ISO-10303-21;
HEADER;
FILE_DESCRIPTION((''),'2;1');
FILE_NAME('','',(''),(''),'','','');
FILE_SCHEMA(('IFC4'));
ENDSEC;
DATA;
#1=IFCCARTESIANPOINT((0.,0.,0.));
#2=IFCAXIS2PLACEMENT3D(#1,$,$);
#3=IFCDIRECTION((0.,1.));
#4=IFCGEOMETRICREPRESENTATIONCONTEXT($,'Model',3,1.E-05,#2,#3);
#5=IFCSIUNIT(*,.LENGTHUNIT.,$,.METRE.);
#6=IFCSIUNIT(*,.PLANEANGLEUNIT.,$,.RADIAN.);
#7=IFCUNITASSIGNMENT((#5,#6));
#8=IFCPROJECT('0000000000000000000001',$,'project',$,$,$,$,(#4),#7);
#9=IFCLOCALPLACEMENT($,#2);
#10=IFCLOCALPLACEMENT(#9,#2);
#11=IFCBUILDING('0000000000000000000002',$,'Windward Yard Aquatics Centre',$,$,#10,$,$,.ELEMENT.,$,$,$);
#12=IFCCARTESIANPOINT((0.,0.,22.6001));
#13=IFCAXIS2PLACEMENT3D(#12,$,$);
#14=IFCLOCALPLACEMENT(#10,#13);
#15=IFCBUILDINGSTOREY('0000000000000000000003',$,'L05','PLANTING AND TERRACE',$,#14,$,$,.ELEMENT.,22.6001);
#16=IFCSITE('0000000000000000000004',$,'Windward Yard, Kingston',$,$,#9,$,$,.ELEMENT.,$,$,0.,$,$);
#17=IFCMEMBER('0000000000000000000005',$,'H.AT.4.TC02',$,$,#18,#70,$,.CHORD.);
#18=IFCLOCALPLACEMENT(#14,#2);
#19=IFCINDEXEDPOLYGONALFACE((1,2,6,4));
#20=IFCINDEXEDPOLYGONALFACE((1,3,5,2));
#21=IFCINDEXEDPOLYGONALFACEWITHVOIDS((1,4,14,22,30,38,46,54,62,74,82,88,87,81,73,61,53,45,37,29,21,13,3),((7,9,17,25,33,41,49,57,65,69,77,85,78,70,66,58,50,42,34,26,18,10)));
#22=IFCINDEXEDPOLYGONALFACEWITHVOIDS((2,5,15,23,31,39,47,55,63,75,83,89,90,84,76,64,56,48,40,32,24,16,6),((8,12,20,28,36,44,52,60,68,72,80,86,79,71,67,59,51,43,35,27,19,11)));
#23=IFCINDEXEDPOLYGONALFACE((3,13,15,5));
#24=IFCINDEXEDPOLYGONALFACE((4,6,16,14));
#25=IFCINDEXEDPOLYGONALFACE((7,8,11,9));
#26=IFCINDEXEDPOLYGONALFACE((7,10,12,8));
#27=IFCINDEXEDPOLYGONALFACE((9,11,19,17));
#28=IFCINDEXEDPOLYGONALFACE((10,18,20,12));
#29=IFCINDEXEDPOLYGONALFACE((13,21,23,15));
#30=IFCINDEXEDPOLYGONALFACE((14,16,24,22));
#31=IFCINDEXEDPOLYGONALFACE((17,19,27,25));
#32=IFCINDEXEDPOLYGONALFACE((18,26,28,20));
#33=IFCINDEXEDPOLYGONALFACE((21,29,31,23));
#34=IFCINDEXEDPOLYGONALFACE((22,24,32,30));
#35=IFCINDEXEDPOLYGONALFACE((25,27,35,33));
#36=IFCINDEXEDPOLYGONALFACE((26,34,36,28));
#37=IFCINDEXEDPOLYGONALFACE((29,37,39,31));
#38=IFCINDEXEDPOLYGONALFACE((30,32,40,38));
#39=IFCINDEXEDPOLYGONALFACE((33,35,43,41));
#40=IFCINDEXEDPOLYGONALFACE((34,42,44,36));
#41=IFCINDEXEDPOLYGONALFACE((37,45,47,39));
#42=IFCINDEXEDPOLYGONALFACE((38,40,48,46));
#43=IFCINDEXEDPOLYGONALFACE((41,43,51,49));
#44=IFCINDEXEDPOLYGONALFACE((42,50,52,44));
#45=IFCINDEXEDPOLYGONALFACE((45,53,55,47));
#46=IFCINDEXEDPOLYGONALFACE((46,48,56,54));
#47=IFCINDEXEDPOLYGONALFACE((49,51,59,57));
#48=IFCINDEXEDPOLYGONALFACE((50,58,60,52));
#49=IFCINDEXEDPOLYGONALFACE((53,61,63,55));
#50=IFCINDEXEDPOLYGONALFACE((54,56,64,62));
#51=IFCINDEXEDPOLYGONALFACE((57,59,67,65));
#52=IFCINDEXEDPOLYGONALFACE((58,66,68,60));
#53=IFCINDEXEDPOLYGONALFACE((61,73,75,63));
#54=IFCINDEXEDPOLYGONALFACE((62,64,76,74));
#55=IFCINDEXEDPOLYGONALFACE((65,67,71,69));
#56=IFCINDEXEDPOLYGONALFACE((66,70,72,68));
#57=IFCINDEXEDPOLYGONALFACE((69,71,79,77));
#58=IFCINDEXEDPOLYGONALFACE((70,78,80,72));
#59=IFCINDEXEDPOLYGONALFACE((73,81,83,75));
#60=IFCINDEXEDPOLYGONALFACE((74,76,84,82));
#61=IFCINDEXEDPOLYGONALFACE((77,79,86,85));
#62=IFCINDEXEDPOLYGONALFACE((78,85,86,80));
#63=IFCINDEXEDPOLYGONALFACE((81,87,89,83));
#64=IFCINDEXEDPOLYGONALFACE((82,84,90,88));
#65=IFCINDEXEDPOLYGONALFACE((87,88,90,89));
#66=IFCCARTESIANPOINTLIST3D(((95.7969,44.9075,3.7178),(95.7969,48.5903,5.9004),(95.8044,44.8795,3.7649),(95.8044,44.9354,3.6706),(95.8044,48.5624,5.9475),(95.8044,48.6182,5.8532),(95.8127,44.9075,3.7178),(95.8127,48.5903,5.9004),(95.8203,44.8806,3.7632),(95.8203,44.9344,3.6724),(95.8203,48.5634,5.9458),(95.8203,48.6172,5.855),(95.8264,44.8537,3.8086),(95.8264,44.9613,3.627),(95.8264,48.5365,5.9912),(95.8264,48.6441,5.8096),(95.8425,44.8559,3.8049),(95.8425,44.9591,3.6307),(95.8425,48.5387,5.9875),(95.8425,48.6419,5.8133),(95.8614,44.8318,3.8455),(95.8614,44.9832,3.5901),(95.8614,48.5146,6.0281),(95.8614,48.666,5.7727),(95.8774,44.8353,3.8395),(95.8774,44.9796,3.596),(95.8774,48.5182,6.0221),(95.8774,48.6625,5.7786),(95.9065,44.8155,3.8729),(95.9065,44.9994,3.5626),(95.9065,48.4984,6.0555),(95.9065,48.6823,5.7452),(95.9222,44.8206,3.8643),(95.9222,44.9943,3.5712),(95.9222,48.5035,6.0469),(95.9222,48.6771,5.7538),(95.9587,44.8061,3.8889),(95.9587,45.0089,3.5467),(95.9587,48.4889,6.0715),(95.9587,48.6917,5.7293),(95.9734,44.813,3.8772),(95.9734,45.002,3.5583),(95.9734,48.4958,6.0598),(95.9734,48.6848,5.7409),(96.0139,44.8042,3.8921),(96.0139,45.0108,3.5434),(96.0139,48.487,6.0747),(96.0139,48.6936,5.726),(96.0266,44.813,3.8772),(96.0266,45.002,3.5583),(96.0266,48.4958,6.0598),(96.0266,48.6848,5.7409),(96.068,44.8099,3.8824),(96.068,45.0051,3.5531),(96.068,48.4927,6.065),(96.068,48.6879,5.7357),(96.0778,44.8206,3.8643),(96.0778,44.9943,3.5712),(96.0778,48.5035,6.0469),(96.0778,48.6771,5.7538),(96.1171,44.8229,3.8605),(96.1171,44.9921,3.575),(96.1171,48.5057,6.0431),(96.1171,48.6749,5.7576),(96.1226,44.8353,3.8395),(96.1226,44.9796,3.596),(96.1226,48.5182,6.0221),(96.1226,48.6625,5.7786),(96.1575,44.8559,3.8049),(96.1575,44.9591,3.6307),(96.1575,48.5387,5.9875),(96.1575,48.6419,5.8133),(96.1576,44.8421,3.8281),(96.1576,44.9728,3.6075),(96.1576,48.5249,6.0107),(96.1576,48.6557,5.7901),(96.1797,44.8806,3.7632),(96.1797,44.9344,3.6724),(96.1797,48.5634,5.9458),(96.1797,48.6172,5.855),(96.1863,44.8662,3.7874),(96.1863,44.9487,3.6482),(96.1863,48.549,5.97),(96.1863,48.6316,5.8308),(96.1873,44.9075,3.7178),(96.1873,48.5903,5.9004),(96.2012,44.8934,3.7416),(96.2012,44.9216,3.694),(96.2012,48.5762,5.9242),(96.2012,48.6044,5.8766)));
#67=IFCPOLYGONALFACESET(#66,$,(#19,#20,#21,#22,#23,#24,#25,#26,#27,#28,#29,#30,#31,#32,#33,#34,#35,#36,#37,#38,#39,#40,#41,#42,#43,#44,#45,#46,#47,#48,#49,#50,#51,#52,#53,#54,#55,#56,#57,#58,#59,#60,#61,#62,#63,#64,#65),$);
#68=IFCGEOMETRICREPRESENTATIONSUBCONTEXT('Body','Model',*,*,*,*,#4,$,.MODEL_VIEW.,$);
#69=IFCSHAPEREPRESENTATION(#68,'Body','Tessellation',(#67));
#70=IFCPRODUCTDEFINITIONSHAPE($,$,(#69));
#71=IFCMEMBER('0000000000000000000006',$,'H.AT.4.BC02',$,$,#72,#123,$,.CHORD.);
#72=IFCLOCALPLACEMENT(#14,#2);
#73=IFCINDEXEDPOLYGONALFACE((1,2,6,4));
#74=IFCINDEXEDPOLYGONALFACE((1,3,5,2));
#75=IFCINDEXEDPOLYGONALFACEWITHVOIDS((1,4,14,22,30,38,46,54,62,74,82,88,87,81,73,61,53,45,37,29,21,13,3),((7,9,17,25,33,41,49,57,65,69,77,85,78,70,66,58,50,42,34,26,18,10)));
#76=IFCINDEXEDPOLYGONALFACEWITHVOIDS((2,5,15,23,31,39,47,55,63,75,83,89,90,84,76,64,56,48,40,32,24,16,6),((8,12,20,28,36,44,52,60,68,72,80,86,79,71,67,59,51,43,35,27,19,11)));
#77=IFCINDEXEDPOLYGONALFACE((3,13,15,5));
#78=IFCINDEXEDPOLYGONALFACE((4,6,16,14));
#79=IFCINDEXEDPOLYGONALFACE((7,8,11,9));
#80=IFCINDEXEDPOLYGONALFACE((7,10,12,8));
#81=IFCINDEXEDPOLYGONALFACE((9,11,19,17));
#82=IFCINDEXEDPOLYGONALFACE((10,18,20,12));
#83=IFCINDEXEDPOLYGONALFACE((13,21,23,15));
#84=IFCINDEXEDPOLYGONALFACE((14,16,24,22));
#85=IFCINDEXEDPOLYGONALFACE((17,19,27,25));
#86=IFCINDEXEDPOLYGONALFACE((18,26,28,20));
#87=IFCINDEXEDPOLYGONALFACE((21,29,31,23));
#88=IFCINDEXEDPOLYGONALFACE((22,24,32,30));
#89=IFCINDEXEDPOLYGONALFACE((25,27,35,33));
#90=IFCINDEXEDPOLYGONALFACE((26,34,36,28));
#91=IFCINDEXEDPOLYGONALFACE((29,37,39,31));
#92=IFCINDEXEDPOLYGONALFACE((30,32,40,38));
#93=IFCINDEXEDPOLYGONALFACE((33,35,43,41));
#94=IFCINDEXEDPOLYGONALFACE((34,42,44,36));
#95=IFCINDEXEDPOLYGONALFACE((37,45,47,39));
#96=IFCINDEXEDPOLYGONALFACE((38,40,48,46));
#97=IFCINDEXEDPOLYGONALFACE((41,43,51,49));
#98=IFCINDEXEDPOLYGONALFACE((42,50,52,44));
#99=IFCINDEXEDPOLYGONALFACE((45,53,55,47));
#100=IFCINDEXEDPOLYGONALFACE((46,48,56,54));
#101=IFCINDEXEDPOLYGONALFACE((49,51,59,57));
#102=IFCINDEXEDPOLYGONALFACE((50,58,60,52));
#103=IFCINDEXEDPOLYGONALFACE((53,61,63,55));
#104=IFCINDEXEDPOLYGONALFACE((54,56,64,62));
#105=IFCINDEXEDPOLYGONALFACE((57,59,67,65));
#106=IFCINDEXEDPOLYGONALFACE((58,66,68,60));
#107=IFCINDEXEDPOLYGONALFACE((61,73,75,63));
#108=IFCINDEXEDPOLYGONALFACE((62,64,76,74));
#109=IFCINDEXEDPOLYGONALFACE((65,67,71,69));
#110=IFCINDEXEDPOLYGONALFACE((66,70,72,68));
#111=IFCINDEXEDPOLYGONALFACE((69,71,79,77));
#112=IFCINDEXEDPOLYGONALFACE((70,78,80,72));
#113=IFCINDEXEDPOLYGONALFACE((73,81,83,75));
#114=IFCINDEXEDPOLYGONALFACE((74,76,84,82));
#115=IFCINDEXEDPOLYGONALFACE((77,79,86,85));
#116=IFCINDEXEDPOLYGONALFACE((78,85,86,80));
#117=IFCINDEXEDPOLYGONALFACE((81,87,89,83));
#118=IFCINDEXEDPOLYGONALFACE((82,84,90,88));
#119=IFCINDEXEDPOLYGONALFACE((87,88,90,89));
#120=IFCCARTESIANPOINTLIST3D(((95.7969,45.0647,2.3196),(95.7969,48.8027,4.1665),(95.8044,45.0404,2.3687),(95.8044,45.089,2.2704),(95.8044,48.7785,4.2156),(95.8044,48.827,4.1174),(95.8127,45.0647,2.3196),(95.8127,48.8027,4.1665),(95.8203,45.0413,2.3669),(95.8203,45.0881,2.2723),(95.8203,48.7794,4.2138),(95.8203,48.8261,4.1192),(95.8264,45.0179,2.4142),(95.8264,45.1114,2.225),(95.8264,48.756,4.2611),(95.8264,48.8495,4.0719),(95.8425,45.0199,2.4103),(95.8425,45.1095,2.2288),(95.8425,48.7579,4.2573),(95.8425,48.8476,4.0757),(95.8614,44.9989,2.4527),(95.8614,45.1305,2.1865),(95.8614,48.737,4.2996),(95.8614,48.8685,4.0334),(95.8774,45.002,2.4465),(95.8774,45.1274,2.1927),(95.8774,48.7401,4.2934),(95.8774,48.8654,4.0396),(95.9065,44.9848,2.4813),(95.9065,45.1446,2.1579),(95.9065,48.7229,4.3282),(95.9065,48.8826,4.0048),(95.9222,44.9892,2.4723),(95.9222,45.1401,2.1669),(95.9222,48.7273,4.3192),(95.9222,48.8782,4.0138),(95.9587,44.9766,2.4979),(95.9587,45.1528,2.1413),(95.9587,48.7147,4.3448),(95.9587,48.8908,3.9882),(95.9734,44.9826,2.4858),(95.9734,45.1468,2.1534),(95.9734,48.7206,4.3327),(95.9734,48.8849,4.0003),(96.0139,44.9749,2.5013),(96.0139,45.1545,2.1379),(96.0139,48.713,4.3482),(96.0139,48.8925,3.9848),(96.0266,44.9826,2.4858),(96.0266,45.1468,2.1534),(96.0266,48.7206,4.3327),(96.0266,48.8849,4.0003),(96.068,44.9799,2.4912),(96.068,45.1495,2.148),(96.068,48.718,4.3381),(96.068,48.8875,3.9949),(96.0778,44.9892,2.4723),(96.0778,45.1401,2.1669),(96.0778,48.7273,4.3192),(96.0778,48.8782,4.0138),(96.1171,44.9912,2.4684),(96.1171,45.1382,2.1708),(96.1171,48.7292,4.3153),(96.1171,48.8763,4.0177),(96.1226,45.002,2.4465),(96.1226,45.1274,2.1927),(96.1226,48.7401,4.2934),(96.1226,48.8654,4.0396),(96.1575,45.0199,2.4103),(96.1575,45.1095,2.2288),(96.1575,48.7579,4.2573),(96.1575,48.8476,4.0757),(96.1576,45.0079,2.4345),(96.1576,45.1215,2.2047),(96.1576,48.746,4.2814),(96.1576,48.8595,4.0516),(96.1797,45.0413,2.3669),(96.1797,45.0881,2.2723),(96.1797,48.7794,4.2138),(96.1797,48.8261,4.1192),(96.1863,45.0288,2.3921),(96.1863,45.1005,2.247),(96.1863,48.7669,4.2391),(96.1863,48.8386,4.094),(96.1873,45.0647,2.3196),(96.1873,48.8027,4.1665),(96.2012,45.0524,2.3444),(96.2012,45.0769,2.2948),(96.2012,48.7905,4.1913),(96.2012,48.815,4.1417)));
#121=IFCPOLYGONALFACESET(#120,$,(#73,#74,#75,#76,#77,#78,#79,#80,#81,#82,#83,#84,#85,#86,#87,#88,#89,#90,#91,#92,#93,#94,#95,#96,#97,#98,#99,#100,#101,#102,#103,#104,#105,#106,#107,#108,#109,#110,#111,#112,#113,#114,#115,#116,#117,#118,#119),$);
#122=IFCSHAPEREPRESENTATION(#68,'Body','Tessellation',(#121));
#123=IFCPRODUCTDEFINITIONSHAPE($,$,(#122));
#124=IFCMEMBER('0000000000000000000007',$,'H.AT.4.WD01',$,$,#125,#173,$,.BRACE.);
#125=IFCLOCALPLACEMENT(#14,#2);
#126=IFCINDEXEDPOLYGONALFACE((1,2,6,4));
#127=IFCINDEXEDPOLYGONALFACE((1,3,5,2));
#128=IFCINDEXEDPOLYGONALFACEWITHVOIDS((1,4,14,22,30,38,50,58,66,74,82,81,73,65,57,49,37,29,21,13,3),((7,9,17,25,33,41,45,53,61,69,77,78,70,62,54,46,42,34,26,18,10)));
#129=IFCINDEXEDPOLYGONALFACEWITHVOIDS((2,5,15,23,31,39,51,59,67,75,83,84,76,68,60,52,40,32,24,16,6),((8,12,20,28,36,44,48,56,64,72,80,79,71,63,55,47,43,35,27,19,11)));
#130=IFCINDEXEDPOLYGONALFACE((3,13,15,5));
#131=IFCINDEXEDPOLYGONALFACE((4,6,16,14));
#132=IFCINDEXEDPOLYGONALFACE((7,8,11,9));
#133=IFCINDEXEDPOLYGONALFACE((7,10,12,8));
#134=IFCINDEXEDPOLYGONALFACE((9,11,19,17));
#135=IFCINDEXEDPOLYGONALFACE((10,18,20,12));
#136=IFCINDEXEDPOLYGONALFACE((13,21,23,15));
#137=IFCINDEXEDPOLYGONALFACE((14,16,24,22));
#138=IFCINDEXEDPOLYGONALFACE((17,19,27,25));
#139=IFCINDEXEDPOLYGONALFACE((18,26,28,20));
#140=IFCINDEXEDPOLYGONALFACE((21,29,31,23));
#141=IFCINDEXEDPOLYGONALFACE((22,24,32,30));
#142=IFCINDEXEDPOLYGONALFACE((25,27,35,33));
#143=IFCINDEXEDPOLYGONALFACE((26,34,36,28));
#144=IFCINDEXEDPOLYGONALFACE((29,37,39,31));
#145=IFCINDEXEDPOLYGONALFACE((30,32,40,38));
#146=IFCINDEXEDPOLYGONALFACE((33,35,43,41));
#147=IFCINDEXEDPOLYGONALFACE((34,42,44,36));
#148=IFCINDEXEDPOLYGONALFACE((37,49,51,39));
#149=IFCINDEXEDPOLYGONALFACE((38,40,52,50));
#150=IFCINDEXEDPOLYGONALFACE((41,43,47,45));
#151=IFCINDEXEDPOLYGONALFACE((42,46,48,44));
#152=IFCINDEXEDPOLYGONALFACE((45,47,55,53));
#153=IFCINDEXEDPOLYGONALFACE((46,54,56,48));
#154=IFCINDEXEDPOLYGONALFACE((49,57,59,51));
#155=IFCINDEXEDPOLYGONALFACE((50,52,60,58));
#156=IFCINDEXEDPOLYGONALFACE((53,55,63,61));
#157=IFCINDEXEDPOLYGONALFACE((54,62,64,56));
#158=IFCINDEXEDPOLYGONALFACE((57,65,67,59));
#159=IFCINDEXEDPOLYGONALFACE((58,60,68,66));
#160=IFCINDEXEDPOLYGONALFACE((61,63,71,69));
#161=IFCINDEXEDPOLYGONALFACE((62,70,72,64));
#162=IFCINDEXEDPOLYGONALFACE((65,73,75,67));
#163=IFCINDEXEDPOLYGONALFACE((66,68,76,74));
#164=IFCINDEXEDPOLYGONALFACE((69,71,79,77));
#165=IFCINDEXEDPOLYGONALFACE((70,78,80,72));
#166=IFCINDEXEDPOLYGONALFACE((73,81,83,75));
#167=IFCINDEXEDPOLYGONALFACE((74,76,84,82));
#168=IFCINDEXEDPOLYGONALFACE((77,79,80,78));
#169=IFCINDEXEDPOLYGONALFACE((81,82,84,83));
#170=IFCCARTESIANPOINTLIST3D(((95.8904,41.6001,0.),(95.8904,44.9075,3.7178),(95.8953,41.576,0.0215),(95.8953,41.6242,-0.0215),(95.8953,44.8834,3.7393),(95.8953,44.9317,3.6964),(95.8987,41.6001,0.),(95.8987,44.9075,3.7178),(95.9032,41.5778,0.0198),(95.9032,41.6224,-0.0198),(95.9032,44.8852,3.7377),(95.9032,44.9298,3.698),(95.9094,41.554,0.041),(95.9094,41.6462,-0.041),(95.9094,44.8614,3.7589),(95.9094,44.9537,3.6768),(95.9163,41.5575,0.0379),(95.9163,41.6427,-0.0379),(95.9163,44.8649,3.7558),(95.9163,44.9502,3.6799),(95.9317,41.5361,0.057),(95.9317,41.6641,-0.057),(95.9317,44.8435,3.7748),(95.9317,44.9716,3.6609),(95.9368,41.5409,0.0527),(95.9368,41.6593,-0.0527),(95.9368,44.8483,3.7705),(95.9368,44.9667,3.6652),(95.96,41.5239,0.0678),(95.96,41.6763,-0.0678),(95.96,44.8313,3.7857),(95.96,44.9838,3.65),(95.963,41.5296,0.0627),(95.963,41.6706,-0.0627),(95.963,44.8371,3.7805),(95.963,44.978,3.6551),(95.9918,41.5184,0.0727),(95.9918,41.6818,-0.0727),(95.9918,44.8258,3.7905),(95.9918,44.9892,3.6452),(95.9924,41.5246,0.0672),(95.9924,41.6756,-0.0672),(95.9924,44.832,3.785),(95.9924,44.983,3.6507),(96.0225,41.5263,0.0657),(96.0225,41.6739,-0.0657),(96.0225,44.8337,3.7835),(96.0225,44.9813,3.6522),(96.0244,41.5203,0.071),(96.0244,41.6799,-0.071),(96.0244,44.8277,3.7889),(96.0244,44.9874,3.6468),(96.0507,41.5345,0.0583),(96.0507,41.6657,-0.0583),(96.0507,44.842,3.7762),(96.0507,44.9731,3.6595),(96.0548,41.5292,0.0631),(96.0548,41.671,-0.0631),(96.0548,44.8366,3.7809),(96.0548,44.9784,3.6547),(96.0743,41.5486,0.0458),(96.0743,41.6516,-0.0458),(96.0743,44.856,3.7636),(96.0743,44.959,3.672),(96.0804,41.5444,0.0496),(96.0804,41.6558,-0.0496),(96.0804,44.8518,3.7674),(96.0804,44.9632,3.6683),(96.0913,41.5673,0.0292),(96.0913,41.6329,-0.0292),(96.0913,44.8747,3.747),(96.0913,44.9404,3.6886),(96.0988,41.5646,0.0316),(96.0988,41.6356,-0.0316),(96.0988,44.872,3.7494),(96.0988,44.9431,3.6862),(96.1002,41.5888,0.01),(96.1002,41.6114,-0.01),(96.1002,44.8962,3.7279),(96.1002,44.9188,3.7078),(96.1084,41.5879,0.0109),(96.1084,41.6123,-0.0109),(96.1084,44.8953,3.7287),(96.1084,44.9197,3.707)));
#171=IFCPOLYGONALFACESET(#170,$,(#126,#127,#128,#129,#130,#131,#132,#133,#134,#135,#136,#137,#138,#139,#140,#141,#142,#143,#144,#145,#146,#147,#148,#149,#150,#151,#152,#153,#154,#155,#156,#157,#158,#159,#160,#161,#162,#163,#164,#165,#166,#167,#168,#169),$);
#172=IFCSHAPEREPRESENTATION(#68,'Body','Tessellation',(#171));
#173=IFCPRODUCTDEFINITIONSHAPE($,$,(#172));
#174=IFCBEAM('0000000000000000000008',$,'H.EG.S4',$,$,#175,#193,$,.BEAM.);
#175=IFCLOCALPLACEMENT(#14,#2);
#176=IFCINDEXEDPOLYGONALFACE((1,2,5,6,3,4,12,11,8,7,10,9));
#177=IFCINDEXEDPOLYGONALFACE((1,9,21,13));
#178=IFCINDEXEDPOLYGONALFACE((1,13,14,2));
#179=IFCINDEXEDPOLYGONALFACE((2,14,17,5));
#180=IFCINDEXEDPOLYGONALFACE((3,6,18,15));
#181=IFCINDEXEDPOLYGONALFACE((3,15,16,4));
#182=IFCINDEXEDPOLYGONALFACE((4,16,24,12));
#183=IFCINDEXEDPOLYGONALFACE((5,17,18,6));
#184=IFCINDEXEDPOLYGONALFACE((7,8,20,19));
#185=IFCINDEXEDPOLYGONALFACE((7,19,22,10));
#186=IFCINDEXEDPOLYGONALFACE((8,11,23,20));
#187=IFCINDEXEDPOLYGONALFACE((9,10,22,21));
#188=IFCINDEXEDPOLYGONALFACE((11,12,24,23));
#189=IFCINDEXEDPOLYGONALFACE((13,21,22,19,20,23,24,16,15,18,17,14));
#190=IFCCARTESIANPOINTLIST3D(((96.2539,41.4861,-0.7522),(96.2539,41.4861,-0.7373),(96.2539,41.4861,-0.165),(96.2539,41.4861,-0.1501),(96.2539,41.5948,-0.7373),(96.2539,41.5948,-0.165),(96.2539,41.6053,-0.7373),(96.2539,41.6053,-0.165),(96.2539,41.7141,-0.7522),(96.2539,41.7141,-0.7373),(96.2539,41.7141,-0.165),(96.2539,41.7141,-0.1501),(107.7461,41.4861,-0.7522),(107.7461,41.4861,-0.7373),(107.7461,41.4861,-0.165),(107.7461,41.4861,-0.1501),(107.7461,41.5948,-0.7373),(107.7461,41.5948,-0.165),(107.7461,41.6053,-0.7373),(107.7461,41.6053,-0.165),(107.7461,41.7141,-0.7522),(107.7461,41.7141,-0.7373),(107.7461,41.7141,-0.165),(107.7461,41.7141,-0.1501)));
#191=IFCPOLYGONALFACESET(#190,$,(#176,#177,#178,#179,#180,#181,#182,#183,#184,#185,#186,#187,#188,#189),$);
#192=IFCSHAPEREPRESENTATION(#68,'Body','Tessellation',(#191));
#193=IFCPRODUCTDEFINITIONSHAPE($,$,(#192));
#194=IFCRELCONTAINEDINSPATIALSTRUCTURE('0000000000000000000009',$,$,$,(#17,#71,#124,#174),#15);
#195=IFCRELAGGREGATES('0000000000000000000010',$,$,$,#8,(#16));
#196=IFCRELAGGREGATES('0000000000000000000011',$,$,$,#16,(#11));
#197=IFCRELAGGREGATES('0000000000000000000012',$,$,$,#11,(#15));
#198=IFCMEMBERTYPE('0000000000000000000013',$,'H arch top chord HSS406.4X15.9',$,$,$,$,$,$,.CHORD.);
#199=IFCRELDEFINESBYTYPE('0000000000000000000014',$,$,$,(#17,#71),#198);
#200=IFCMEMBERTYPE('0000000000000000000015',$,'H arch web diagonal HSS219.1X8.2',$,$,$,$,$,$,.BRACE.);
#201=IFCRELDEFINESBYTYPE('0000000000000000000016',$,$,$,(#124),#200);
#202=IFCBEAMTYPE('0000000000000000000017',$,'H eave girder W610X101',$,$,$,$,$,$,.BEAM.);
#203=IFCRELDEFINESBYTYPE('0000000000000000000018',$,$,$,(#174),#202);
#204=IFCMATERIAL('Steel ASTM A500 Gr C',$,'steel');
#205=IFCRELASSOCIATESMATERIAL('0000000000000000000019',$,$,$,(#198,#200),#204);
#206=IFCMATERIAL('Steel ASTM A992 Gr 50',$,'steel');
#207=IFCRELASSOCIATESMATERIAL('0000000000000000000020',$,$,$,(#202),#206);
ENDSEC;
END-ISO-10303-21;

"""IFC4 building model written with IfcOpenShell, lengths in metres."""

from ifc_helpers import new_model, si_unit, direction, frame, origin, origin_2d, place, context, subcontext, project, spatial, hollow_circle, i_section, extrude, material, material_profile, profile_set, type_object, element, save


model = new_model("IFC4")

# Units and contexts
model_context = context("Model", 3, precision=1e-05, world=origin(), true_north=direction((0.0, 1.0)))
body_context = subcontext(model_context, "Body", "Model", "MODEL_VIEW")
ifc_project = project(units=[si_unit("LENGTHUNIT", "METRE"), si_unit("PLANEANGLEUNIT", "RADIAN")], contexts=[model_context])

# Site, building, storey
site_placement = place(None, origin())
site = spatial("IfcSite", under=ifc_project, at=site_placement, Name="Windward Yard, Kingston", CompositionType="ELEMENT", RefElevation=0.0)
building_placement = place(site_placement, origin())
building = spatial("IfcBuilding", under=site, at=building_placement, Name="Windward Yard Aquatics Centre", CompositionType="ELEMENT")
storey_placement = place(building_placement, frame((0.0, 0.0, 22.6001)))
storey = spatial("IfcBuildingStorey", under=building, at=storey_placement, Name="L05", Description="PLANTING AND TERRACE", CompositionType="ELEMENT", Elevation=22.6001)

# Members
ifc_material_1 = material(Name="Steel ASTM A500 Gr C", Category="steel")
ifc_material_profile_1 = material_profile(ifc_material_1, hollow_circle(Radius=0.2031, WallThickness=0.0159, at=origin_2d()), Name="HSS406.4X15.9")
ifc_profile_set_1 = profile_set([ifc_material_profile_1], Name="Steel ASTM A500 Gr C")
member_type_1 = type_object("IfcMemberType", Name="H arch top chord HSS406.4X15.9", PredefinedType="CHORD", material=ifc_profile_set_1)
member_1_placement = place(storey_placement, frame((96.0, 44.9075, 3.7178), z_axis=(0.0, 0.860273, 0.509834), x_axis=(-1.0, 0.0, 0.0)))
element("IfcMember", 1, at=member_1_placement, inside=storey, type_object=member_type_1, Name="H.AT.4.TC02", PredefinedType="CHORD", context=body_context, shape_type="SweptSolid", body=[
    extrude(hollow_circle(Radius=0.2031, WallThickness=0.0159, at=origin_2d()), origin(), (0.0, 0.0, 1.0), 4.281),
])
member_2_placement = place(storey_placement, frame((96.0, 45.0647, 2.3196), z_axis=(0.0, 0.896537, 0.442969), x_axis=(-1.0, 0.0, 0.0)))
element("IfcMember", 2, at=member_2_placement, inside=storey, type_object=member_type_1, Name="H.AT.4.BC02", PredefinedType="CHORD", context=body_context, shape_type="SweptSolid", body=[
    extrude(hollow_circle(Radius=0.2031, WallThickness=0.0159, at=origin_2d()), origin(), (0.0, 0.0, 1.0), 4.1694),
])
ifc_material_profile_2 = material_profile(ifc_material_1, hollow_circle(Radius=0.1096, WallThickness=0.0083, at=origin_2d()), Name="HSS219.1X8.2")
ifc_profile_set_2 = profile_set([ifc_material_profile_2], Name="Steel ASTM A500 Gr C")
member_type_2 = type_object("IfcMemberType", Name="H arch web diagonal HSS219.1X8.2", PredefinedType="BRACE", material=ifc_profile_set_2)
member_3_placement = place(storey_placement, frame((96.0, 41.6001, 0.0), z_axis=(0.0, 0.664665, 0.747141), x_axis=(-1.0, 0.0, 0.0)))
element("IfcMember", 3, at=member_3_placement, inside=storey, type_object=member_type_2, Name="H.AT.4.WD01", PredefinedType="BRACE", context=body_context, shape_type="SweptSolid", body=[
    extrude(hollow_circle(Radius=0.1096, WallThickness=0.0083, at=origin_2d()), origin(), (0.0, 0.0, 1.0), 4.9761),
])

# Beam
ifc_material_2 = material(Name="Steel ASTM A992 Gr 50", Category="steel")
ifc_material_profile_3 = material_profile(ifc_material_2, i_section(OverallWidth=0.228, OverallDepth=0.6021, WebThickness=0.0105, FlangeThickness=0.0149, at=origin_2d()), Name="W610X101")
ifc_profile_set_3 = profile_set([ifc_material_profile_3], Name="Steel ASTM A992 Gr 50")
beam_type = type_object("IfcBeamType", Name="H eave girder W610X101", PredefinedType="BEAM", material=ifc_profile_set_3)
beam_placement = place(storey_placement, frame((96.2539, 41.6001, -0.4512), z_axis=(1.0, 0.0, 0.0), x_axis=(0.0, 1.0, 0.0)))
element("IfcBeam", 4, at=beam_placement, inside=storey, type_object=beam_type, Name="H.EG.S4", PredefinedType="BEAM", context=body_context, shape_type="SweptSolid", body=[
    extrude(i_section(OverallWidth=0.228, OverallDepth=0.6021, WebThickness=0.0105, FlangeThickness=0.0149, at=origin_2d()), origin(), (0.0, 0.0, 1.0), 11.4922),
])

save(model, "model.ifc")
